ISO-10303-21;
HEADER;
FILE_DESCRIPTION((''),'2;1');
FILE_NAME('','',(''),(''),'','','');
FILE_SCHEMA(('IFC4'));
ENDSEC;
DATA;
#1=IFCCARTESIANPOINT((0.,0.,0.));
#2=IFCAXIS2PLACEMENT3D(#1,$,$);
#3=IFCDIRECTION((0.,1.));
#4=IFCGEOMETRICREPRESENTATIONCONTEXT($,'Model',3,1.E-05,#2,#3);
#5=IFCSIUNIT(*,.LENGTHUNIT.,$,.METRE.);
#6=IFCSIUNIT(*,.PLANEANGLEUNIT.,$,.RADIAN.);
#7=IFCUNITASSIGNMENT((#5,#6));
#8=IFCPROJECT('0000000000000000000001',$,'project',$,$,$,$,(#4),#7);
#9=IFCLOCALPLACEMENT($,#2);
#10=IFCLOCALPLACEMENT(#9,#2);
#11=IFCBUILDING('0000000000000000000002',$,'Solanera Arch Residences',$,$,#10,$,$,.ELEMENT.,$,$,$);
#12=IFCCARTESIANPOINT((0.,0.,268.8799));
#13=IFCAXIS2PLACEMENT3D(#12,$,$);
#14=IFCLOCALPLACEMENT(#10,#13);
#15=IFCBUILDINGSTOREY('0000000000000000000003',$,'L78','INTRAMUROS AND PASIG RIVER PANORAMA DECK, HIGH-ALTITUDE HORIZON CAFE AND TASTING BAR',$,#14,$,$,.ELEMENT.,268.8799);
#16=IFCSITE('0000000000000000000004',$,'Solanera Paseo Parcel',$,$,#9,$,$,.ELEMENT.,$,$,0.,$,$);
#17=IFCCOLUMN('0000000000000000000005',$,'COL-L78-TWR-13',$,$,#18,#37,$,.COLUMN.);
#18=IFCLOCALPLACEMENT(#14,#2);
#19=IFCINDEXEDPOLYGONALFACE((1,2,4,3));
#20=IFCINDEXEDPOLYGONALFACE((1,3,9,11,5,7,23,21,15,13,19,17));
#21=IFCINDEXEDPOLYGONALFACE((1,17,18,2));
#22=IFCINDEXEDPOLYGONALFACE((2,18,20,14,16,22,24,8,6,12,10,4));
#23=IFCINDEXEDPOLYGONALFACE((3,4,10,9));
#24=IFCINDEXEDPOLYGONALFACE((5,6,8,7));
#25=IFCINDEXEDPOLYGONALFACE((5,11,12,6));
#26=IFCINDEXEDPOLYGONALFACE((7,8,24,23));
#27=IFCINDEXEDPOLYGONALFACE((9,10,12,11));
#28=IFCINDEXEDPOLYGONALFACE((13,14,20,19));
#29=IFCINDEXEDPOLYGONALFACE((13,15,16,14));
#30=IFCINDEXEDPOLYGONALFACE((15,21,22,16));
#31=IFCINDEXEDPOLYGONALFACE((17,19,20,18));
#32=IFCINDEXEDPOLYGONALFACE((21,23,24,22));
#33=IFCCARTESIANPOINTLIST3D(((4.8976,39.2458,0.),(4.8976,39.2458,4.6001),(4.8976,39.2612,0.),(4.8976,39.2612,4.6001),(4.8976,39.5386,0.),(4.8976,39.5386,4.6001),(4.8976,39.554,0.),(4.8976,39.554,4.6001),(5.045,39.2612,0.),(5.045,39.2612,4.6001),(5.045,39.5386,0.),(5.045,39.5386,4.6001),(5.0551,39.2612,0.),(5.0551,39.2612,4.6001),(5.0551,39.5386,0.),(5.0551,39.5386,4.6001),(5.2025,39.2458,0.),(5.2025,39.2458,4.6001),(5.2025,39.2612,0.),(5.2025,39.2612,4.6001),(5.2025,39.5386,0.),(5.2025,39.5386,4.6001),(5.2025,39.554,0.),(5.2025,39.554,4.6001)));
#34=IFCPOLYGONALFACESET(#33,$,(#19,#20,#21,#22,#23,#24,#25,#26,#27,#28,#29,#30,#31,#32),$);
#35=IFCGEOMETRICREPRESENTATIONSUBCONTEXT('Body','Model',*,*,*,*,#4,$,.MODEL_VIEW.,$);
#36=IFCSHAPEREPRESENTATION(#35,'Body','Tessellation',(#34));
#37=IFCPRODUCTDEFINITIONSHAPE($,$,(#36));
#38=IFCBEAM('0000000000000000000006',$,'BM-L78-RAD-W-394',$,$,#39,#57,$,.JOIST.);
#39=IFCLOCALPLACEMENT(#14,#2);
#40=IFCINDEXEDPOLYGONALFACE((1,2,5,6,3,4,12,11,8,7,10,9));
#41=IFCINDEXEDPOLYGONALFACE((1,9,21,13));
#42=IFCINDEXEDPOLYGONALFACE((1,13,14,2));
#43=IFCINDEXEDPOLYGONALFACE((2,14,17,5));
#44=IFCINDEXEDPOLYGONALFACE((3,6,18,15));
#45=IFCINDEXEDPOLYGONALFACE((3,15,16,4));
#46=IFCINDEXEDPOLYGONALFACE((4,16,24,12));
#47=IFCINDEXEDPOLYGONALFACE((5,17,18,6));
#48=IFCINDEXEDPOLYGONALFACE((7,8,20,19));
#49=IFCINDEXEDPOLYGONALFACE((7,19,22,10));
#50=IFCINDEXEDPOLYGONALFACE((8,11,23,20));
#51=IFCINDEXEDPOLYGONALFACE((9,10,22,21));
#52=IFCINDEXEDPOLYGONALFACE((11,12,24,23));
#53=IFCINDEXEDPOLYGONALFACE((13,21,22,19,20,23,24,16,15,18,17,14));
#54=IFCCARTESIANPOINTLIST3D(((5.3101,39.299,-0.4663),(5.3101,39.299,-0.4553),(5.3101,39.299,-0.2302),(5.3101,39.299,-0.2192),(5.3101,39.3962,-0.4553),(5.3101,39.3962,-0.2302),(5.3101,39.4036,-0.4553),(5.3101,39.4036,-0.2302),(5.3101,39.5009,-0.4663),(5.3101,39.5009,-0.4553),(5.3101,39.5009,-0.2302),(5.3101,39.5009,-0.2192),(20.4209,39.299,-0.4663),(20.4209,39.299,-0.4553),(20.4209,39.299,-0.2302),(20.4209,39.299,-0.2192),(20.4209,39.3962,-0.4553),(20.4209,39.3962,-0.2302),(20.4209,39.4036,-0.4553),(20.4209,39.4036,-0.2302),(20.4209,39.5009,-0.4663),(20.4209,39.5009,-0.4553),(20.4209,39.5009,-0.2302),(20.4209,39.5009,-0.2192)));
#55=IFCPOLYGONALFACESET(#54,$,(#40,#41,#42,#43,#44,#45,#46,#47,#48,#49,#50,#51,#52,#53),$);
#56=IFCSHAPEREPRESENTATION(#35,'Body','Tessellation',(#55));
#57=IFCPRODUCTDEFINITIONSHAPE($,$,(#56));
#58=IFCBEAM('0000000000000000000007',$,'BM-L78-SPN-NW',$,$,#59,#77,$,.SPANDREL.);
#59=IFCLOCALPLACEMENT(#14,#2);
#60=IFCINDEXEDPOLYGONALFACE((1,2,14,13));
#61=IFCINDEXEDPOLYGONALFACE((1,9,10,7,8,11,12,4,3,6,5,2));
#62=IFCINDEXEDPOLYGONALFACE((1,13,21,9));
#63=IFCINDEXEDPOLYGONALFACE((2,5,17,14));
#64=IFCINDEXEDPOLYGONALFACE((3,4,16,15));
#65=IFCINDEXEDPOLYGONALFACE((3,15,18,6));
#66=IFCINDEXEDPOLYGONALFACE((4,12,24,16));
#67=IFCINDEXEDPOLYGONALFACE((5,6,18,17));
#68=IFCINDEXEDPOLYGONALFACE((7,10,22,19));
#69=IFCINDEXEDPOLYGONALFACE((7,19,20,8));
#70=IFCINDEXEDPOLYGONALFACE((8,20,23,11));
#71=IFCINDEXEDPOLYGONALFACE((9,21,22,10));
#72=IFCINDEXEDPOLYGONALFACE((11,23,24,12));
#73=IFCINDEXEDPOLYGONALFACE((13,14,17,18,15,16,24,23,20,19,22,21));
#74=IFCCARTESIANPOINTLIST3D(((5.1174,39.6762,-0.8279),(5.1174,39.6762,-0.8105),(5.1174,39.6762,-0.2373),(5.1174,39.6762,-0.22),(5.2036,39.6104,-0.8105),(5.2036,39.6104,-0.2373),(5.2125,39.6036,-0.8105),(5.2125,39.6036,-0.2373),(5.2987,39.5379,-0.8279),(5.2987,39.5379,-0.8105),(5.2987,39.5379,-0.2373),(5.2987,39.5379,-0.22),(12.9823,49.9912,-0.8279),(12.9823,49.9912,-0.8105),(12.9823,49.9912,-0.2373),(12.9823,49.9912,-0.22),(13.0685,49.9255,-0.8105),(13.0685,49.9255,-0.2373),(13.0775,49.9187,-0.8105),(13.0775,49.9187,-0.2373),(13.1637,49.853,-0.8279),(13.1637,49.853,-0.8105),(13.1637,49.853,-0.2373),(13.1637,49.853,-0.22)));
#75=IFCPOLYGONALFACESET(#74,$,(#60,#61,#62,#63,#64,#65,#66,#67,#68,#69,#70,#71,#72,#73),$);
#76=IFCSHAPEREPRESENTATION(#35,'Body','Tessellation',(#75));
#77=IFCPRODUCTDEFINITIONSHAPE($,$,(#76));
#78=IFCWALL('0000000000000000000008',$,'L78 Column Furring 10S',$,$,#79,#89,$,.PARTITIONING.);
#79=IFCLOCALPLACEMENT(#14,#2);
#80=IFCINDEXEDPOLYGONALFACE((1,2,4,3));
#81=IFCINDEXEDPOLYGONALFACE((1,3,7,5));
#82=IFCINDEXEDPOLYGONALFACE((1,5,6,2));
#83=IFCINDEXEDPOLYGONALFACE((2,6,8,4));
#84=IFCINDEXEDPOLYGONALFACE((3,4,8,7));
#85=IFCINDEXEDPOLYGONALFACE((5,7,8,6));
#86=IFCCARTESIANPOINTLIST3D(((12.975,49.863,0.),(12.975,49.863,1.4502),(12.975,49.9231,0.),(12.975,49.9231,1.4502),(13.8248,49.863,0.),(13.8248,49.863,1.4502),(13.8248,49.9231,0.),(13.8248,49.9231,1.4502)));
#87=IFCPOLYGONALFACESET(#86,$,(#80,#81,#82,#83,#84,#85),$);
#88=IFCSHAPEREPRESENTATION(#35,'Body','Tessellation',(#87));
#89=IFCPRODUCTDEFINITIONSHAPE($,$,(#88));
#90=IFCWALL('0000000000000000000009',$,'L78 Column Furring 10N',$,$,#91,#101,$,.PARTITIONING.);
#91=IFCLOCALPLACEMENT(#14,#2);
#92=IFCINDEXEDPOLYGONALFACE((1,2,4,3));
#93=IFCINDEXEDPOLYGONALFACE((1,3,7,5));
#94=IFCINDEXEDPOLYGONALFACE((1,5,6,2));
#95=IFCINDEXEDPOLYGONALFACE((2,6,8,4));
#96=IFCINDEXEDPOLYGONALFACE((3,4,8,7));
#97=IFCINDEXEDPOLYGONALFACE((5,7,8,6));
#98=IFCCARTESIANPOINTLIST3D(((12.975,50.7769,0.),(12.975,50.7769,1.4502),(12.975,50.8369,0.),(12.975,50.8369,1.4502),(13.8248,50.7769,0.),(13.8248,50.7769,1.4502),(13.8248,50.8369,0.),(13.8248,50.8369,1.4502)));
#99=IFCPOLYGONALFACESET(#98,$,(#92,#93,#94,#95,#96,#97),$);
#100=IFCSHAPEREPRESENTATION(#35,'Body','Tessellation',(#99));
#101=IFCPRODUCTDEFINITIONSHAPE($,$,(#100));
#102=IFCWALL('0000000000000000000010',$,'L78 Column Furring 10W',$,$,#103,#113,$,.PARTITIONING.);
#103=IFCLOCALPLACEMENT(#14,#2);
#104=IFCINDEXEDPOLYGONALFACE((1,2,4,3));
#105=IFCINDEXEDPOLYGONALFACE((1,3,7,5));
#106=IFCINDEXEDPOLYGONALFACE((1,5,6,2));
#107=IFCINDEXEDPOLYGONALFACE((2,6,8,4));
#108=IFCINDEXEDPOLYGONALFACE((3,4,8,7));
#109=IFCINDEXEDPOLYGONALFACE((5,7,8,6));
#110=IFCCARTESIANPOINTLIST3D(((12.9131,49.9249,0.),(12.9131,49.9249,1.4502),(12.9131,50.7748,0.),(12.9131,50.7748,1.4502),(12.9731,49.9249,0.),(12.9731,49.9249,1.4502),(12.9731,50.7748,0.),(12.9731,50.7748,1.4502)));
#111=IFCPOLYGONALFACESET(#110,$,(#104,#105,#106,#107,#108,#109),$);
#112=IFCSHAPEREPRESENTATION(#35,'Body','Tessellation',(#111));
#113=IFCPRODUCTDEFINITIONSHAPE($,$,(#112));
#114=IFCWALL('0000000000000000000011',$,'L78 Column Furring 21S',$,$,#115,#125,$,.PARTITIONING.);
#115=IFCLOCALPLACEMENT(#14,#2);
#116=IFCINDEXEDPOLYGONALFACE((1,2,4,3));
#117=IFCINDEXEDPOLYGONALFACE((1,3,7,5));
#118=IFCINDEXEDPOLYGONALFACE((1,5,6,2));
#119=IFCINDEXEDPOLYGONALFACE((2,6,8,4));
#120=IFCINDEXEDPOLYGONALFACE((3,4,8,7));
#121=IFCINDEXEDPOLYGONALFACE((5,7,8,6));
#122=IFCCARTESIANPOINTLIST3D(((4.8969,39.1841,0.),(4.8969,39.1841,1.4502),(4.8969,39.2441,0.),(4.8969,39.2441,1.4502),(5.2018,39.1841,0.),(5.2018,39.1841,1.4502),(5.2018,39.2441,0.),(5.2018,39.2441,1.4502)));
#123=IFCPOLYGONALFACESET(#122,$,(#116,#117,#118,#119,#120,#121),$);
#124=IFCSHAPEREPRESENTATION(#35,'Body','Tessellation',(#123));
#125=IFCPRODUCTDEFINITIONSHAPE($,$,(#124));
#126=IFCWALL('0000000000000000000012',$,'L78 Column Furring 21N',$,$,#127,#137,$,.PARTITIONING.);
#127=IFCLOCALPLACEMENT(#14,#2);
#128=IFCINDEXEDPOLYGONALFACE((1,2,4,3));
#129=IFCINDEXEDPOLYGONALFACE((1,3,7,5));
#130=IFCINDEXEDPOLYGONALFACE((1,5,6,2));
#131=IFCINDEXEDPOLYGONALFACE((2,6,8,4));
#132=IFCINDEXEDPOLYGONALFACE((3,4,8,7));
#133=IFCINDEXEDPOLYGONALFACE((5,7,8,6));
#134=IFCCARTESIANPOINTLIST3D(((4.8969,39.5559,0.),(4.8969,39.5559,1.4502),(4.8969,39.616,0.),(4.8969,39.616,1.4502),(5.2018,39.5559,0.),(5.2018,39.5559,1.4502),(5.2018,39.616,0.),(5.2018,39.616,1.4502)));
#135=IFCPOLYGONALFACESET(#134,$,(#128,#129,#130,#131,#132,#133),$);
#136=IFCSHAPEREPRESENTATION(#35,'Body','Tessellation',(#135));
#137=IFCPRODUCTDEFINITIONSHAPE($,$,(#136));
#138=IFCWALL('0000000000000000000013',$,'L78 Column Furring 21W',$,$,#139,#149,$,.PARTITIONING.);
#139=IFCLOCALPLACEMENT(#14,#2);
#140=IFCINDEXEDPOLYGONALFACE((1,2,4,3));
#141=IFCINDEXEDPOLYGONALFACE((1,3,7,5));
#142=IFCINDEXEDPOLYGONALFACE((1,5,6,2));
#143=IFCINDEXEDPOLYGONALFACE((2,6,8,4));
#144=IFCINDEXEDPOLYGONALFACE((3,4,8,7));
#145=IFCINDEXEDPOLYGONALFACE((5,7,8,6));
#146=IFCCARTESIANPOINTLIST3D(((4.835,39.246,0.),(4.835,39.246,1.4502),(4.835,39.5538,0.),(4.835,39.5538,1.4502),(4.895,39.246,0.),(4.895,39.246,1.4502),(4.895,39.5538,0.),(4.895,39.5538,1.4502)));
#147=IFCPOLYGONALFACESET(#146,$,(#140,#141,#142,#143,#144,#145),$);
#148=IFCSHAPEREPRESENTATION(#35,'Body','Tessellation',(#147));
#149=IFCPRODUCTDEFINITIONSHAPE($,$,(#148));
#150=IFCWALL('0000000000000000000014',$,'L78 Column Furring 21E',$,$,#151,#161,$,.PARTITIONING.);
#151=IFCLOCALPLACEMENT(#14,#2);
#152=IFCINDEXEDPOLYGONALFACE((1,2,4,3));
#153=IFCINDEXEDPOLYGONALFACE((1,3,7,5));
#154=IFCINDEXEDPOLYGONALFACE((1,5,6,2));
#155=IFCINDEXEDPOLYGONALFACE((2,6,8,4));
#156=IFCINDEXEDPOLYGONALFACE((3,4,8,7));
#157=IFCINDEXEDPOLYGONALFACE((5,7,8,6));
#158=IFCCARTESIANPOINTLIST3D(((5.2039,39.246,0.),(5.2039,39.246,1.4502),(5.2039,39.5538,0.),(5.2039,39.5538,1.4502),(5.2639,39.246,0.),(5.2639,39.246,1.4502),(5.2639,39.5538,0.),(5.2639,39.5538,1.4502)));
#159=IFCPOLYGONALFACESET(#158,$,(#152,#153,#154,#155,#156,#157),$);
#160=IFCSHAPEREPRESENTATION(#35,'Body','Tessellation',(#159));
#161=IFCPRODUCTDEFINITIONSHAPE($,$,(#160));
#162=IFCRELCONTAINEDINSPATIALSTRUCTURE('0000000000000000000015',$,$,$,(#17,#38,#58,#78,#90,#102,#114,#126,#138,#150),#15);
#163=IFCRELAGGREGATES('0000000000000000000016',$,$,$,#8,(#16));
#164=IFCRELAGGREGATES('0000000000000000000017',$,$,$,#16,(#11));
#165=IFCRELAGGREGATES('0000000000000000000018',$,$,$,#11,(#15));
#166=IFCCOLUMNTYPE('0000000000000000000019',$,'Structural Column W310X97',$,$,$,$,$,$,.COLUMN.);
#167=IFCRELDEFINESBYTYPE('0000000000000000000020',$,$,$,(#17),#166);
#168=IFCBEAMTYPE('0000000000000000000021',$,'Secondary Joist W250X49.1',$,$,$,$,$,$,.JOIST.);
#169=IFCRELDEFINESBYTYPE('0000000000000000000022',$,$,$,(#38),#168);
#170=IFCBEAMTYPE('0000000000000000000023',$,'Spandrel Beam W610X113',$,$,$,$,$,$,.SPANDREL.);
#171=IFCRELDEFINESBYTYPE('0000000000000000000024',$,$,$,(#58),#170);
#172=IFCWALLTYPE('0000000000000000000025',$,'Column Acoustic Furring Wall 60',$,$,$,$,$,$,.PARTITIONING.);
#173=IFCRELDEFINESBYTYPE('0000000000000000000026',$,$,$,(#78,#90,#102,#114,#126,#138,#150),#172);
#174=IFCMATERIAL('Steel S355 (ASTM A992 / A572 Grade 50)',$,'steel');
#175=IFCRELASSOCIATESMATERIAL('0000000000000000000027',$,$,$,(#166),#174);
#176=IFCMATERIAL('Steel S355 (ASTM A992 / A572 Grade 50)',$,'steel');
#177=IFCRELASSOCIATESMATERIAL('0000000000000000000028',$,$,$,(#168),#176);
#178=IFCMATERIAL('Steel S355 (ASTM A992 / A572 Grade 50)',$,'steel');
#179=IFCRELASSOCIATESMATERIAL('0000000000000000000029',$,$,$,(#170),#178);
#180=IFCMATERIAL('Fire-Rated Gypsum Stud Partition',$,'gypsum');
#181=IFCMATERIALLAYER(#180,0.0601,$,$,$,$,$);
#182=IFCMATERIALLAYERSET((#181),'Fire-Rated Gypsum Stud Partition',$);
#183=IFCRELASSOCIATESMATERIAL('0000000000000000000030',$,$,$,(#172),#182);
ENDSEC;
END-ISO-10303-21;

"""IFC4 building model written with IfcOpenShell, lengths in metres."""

from ifc_helpers import new_model, si_unit, direction, frame, frame_2d, origin, origin_2d, place, context, subcontext, project, spatial, rectangle, i_section, extrude, material, layer, layer_set, material_profile, profile_set, type_object, element, save


model = new_model("IFC4")

# Units and contexts
model_context = context("Model", 3, precision=1e-05, world=origin(), true_north=direction((0.0, 1.0)))
body_context = subcontext(model_context, "Body", "Model", "MODEL_VIEW")
ifc_project = project(units=[si_unit("LENGTHUNIT", "METRE"), si_unit("PLANEANGLEUNIT", "RADIAN")], contexts=[model_context])

# Site, building, storey
site_placement = place(None, origin())
site = spatial("IfcSite", under=ifc_project, at=site_placement, Name="Solanera Paseo Parcel", CompositionType="ELEMENT", RefElevation=0.0)
building_placement = place(site_placement, origin())
building = spatial("IfcBuilding", under=site, at=building_placement, Name="Solanera Arch Residences", CompositionType="ELEMENT")
storey_placement = place(building_placement, frame((0.0, 0.0, 268.8799)))
storey = spatial("IfcBuildingStorey", under=building, at=storey_placement, Name="L78", Description="INTRAMUROS AND PASIG RIVER PANORAMA DECK, HIGH-ALTITUDE HORIZON CAFE AND TASTING BAR", CompositionType="ELEMENT", Elevation=268.8799)

# Column
ifc_material_1 = material(Name="Steel S355 (ASTM A992 / A572 Grade 50)", Category="steel")
ifc_material_profile_1 = material_profile(ifc_material_1, i_section(OverallWidth=0.3049, OverallDepth=0.3081, WebThickness=0.01, FlangeThickness=0.0154, at=origin_2d()))
ifc_profile_set_1 = profile_set([ifc_material_profile_1], Name="Steel S355 (ASTM A992 / A572 Grade 50)")
column_type = type_object("IfcColumnType", Name="Structural Column W310X97", PredefinedType="COLUMN", material=ifc_profile_set_1)
column_placement = place(storey_placement, frame((5.05, 39.3999, 0.0), z_axis=(0.0, 0.0, 1.0), x_axis=(1.0, 0.0, 0.0)))
element("IfcColumn", 1, at=column_placement, inside=storey, type_object=column_type, Name="COL-L78-TWR-13", PredefinedType="COLUMN", context=body_context, shape_type="SweptSolid", body=[
    extrude(i_section(OverallWidth=0.3049, OverallDepth=0.3081, WebThickness=0.01, FlangeThickness=0.0154, at=origin_2d()), origin(), (0.0, 0.0, 1.0), 4.6001),
])

# Beams
ifc_material_2 = material(Name="Steel S355 (ASTM A992 / A572 Grade 50)", Category="steel")
ifc_material_profile_2 = material_profile(ifc_material_2, i_section(OverallWidth=0.2019, OverallDepth=0.2471, WebThickness=0.0073, FlangeThickness=0.011, at=origin_2d()))
ifc_profile_set_2 = profile_set([ifc_material_profile_2], Name="Steel S355 (ASTM A992 / A572 Grade 50)")
beam_type_1 = type_object("IfcBeamType", Name="Secondary Joist W250X49.1", PredefinedType="JOIST", material=ifc_profile_set_2)
beam_1_placement = place(storey_placement, frame((5.3101, 39.3999, -0.3428), z_axis=(1.0, 0.0, 0.0), x_axis=(0.0, 1.0, 0.0)))
element("IfcBeam", 2, at=beam_1_placement, inside=storey, type_object=beam_type_1, Name="BM-L78-RAD-W-394", PredefinedType="JOIST", context=body_context, shape_type="SweptSolid", body=[
    extrude(i_section(OverallWidth=0.2019, OverallDepth=0.2471, WebThickness=0.0073, FlangeThickness=0.011, at=origin_2d()), origin(), (0.0, 0.0, 1.0), 15.1108),
])
ifc_material_3 = material(Name="Steel S355 (ASTM A992 / A572 Grade 50)", Category="steel")
ifc_material_profile_3 = material_profile(ifc_material_3, i_section(OverallWidth=0.228, OverallDepth=0.6079, WebThickness=0.0112, FlangeThickness=0.0173, at=origin_2d()))
ifc_profile_set_3 = profile_set([ifc_material_profile_3], Name="Steel S355 (ASTM A992 / A572 Grade 50)")
beam_type_2 = type_object("IfcBeamType", Name="Spandrel Beam W610X113", PredefinedType="SPANDREL", material=ifc_profile_set_3)
beam_2_placement = place(storey_placement, frame((13.073, 49.9221, -0.5239), z_axis=(-0.606326, -0.795216, 0.0), x_axis=(0.795216, -0.606326, 0.0)))
element("IfcBeam", 3, at=beam_2_placement, inside=storey, type_object=beam_type_2, Name="BM-L78-SPN-NW", PredefinedType="SPANDREL", context=body_context, shape_type="SweptSolid", body=[
    extrude(i_section(OverallWidth=0.228, OverallDepth=0.6079, WebThickness=0.0112, FlangeThickness=0.0173, at=origin_2d()), origin(), (0.0, 0.0, 1.0), 12.9714),
])

# Walls
ifc_material_4 = material(Name="Fire-Rated Gypsum Stud Partition", Category="gypsum")
ifc_layer_1 = layer(ifc_material_4, 0.0601)
ifc_layer_set_1 = layer_set([ifc_layer_1], Name="Fire-Rated Gypsum Stud Partition")
wall_type_1 = type_object("IfcWallType", Name="Column Acoustic Furring Wall 60", PredefinedType="PARTITIONING", material=ifc_layer_set_1)
for number, where, z_axis, x_axis, name in (
    (4, (12.9751, 49.8931, 0.0), (0.0, 0.0, 1.0), (1.0, 0.0, 0.0), "L78 Column Furring 10S"),
    (5, (12.9751, 50.8069, 0.0), (0.0, 0.0, 1.0), (1.0, 0.0, 0.0), "L78 Column Furring 10N"),
    (6, (12.9431, 49.925, 0.0), (0.0, 0.0, 1.0), (0.0, 1.0, 0.0), "L78 Column Furring 10W"),
):
    element("IfcWall", number, at=place(storey_placement, frame(where, z_axis=z_axis, x_axis=x_axis)), inside=storey, type_object=wall_type_1, Name=name, PredefinedType="PARTITIONING", context=body_context, shape_type="SweptSolid", body=[
        extrude(rectangle(XDim=0.8499, YDim=0.0601, at=frame_2d((0.4248, 0.0))), origin(), (0.0, 0.0, 1.0), 1.4502),
    ])
for number, where, z_axis, x_axis, name in (
    (7, (4.897, 39.2141, 0.0), (0.0, 0.0, 1.0), (1.0, 0.0, 0.0), "L78 Column Furring 21S"),
    (8, (4.897, 39.5859, 0.0), (0.0, 0.0, 1.0), (1.0, 0.0, 0.0), "L78 Column Furring 21N"),
):
    element("IfcWall", number, at=place(storey_placement, frame(where, z_axis=z_axis, x_axis=x_axis)), inside=storey, type_object=wall_type_1, Name=name, PredefinedType="PARTITIONING", context=body_context, shape_type="SweptSolid", body=[
        extrude(rectangle(XDim=0.3049, YDim=0.0601, at=frame_2d((0.1523, 0.0))), origin(), (0.0, 0.0, 1.0), 1.4502),
    ])
for number, where, z_axis, x_axis, name in (
    (9, (4.865, 39.2461, 0.0), (0.0, 0.0, 1.0), (0.0, 1.0, 0.0), "L78 Column Furring 21W"),
    (10, (5.2339, 39.2461, 0.0), (0.0, 0.0, 1.0), (0.0, 1.0, 0.0), "L78 Column Furring 21E"),
):
    element("IfcWall", number, at=place(storey_placement, frame(where, z_axis=z_axis, x_axis=x_axis)), inside=storey, type_object=wall_type_1, Name=name, PredefinedType="PARTITIONING", context=body_context, shape_type="SweptSolid", body=[
        extrude(rectangle(XDim=0.3079, YDim=0.0601, at=frame_2d((0.1538, 0.0))), origin(), (0.0, 0.0, 1.0), 1.4502),
    ])

save(model, "model.ifc")
